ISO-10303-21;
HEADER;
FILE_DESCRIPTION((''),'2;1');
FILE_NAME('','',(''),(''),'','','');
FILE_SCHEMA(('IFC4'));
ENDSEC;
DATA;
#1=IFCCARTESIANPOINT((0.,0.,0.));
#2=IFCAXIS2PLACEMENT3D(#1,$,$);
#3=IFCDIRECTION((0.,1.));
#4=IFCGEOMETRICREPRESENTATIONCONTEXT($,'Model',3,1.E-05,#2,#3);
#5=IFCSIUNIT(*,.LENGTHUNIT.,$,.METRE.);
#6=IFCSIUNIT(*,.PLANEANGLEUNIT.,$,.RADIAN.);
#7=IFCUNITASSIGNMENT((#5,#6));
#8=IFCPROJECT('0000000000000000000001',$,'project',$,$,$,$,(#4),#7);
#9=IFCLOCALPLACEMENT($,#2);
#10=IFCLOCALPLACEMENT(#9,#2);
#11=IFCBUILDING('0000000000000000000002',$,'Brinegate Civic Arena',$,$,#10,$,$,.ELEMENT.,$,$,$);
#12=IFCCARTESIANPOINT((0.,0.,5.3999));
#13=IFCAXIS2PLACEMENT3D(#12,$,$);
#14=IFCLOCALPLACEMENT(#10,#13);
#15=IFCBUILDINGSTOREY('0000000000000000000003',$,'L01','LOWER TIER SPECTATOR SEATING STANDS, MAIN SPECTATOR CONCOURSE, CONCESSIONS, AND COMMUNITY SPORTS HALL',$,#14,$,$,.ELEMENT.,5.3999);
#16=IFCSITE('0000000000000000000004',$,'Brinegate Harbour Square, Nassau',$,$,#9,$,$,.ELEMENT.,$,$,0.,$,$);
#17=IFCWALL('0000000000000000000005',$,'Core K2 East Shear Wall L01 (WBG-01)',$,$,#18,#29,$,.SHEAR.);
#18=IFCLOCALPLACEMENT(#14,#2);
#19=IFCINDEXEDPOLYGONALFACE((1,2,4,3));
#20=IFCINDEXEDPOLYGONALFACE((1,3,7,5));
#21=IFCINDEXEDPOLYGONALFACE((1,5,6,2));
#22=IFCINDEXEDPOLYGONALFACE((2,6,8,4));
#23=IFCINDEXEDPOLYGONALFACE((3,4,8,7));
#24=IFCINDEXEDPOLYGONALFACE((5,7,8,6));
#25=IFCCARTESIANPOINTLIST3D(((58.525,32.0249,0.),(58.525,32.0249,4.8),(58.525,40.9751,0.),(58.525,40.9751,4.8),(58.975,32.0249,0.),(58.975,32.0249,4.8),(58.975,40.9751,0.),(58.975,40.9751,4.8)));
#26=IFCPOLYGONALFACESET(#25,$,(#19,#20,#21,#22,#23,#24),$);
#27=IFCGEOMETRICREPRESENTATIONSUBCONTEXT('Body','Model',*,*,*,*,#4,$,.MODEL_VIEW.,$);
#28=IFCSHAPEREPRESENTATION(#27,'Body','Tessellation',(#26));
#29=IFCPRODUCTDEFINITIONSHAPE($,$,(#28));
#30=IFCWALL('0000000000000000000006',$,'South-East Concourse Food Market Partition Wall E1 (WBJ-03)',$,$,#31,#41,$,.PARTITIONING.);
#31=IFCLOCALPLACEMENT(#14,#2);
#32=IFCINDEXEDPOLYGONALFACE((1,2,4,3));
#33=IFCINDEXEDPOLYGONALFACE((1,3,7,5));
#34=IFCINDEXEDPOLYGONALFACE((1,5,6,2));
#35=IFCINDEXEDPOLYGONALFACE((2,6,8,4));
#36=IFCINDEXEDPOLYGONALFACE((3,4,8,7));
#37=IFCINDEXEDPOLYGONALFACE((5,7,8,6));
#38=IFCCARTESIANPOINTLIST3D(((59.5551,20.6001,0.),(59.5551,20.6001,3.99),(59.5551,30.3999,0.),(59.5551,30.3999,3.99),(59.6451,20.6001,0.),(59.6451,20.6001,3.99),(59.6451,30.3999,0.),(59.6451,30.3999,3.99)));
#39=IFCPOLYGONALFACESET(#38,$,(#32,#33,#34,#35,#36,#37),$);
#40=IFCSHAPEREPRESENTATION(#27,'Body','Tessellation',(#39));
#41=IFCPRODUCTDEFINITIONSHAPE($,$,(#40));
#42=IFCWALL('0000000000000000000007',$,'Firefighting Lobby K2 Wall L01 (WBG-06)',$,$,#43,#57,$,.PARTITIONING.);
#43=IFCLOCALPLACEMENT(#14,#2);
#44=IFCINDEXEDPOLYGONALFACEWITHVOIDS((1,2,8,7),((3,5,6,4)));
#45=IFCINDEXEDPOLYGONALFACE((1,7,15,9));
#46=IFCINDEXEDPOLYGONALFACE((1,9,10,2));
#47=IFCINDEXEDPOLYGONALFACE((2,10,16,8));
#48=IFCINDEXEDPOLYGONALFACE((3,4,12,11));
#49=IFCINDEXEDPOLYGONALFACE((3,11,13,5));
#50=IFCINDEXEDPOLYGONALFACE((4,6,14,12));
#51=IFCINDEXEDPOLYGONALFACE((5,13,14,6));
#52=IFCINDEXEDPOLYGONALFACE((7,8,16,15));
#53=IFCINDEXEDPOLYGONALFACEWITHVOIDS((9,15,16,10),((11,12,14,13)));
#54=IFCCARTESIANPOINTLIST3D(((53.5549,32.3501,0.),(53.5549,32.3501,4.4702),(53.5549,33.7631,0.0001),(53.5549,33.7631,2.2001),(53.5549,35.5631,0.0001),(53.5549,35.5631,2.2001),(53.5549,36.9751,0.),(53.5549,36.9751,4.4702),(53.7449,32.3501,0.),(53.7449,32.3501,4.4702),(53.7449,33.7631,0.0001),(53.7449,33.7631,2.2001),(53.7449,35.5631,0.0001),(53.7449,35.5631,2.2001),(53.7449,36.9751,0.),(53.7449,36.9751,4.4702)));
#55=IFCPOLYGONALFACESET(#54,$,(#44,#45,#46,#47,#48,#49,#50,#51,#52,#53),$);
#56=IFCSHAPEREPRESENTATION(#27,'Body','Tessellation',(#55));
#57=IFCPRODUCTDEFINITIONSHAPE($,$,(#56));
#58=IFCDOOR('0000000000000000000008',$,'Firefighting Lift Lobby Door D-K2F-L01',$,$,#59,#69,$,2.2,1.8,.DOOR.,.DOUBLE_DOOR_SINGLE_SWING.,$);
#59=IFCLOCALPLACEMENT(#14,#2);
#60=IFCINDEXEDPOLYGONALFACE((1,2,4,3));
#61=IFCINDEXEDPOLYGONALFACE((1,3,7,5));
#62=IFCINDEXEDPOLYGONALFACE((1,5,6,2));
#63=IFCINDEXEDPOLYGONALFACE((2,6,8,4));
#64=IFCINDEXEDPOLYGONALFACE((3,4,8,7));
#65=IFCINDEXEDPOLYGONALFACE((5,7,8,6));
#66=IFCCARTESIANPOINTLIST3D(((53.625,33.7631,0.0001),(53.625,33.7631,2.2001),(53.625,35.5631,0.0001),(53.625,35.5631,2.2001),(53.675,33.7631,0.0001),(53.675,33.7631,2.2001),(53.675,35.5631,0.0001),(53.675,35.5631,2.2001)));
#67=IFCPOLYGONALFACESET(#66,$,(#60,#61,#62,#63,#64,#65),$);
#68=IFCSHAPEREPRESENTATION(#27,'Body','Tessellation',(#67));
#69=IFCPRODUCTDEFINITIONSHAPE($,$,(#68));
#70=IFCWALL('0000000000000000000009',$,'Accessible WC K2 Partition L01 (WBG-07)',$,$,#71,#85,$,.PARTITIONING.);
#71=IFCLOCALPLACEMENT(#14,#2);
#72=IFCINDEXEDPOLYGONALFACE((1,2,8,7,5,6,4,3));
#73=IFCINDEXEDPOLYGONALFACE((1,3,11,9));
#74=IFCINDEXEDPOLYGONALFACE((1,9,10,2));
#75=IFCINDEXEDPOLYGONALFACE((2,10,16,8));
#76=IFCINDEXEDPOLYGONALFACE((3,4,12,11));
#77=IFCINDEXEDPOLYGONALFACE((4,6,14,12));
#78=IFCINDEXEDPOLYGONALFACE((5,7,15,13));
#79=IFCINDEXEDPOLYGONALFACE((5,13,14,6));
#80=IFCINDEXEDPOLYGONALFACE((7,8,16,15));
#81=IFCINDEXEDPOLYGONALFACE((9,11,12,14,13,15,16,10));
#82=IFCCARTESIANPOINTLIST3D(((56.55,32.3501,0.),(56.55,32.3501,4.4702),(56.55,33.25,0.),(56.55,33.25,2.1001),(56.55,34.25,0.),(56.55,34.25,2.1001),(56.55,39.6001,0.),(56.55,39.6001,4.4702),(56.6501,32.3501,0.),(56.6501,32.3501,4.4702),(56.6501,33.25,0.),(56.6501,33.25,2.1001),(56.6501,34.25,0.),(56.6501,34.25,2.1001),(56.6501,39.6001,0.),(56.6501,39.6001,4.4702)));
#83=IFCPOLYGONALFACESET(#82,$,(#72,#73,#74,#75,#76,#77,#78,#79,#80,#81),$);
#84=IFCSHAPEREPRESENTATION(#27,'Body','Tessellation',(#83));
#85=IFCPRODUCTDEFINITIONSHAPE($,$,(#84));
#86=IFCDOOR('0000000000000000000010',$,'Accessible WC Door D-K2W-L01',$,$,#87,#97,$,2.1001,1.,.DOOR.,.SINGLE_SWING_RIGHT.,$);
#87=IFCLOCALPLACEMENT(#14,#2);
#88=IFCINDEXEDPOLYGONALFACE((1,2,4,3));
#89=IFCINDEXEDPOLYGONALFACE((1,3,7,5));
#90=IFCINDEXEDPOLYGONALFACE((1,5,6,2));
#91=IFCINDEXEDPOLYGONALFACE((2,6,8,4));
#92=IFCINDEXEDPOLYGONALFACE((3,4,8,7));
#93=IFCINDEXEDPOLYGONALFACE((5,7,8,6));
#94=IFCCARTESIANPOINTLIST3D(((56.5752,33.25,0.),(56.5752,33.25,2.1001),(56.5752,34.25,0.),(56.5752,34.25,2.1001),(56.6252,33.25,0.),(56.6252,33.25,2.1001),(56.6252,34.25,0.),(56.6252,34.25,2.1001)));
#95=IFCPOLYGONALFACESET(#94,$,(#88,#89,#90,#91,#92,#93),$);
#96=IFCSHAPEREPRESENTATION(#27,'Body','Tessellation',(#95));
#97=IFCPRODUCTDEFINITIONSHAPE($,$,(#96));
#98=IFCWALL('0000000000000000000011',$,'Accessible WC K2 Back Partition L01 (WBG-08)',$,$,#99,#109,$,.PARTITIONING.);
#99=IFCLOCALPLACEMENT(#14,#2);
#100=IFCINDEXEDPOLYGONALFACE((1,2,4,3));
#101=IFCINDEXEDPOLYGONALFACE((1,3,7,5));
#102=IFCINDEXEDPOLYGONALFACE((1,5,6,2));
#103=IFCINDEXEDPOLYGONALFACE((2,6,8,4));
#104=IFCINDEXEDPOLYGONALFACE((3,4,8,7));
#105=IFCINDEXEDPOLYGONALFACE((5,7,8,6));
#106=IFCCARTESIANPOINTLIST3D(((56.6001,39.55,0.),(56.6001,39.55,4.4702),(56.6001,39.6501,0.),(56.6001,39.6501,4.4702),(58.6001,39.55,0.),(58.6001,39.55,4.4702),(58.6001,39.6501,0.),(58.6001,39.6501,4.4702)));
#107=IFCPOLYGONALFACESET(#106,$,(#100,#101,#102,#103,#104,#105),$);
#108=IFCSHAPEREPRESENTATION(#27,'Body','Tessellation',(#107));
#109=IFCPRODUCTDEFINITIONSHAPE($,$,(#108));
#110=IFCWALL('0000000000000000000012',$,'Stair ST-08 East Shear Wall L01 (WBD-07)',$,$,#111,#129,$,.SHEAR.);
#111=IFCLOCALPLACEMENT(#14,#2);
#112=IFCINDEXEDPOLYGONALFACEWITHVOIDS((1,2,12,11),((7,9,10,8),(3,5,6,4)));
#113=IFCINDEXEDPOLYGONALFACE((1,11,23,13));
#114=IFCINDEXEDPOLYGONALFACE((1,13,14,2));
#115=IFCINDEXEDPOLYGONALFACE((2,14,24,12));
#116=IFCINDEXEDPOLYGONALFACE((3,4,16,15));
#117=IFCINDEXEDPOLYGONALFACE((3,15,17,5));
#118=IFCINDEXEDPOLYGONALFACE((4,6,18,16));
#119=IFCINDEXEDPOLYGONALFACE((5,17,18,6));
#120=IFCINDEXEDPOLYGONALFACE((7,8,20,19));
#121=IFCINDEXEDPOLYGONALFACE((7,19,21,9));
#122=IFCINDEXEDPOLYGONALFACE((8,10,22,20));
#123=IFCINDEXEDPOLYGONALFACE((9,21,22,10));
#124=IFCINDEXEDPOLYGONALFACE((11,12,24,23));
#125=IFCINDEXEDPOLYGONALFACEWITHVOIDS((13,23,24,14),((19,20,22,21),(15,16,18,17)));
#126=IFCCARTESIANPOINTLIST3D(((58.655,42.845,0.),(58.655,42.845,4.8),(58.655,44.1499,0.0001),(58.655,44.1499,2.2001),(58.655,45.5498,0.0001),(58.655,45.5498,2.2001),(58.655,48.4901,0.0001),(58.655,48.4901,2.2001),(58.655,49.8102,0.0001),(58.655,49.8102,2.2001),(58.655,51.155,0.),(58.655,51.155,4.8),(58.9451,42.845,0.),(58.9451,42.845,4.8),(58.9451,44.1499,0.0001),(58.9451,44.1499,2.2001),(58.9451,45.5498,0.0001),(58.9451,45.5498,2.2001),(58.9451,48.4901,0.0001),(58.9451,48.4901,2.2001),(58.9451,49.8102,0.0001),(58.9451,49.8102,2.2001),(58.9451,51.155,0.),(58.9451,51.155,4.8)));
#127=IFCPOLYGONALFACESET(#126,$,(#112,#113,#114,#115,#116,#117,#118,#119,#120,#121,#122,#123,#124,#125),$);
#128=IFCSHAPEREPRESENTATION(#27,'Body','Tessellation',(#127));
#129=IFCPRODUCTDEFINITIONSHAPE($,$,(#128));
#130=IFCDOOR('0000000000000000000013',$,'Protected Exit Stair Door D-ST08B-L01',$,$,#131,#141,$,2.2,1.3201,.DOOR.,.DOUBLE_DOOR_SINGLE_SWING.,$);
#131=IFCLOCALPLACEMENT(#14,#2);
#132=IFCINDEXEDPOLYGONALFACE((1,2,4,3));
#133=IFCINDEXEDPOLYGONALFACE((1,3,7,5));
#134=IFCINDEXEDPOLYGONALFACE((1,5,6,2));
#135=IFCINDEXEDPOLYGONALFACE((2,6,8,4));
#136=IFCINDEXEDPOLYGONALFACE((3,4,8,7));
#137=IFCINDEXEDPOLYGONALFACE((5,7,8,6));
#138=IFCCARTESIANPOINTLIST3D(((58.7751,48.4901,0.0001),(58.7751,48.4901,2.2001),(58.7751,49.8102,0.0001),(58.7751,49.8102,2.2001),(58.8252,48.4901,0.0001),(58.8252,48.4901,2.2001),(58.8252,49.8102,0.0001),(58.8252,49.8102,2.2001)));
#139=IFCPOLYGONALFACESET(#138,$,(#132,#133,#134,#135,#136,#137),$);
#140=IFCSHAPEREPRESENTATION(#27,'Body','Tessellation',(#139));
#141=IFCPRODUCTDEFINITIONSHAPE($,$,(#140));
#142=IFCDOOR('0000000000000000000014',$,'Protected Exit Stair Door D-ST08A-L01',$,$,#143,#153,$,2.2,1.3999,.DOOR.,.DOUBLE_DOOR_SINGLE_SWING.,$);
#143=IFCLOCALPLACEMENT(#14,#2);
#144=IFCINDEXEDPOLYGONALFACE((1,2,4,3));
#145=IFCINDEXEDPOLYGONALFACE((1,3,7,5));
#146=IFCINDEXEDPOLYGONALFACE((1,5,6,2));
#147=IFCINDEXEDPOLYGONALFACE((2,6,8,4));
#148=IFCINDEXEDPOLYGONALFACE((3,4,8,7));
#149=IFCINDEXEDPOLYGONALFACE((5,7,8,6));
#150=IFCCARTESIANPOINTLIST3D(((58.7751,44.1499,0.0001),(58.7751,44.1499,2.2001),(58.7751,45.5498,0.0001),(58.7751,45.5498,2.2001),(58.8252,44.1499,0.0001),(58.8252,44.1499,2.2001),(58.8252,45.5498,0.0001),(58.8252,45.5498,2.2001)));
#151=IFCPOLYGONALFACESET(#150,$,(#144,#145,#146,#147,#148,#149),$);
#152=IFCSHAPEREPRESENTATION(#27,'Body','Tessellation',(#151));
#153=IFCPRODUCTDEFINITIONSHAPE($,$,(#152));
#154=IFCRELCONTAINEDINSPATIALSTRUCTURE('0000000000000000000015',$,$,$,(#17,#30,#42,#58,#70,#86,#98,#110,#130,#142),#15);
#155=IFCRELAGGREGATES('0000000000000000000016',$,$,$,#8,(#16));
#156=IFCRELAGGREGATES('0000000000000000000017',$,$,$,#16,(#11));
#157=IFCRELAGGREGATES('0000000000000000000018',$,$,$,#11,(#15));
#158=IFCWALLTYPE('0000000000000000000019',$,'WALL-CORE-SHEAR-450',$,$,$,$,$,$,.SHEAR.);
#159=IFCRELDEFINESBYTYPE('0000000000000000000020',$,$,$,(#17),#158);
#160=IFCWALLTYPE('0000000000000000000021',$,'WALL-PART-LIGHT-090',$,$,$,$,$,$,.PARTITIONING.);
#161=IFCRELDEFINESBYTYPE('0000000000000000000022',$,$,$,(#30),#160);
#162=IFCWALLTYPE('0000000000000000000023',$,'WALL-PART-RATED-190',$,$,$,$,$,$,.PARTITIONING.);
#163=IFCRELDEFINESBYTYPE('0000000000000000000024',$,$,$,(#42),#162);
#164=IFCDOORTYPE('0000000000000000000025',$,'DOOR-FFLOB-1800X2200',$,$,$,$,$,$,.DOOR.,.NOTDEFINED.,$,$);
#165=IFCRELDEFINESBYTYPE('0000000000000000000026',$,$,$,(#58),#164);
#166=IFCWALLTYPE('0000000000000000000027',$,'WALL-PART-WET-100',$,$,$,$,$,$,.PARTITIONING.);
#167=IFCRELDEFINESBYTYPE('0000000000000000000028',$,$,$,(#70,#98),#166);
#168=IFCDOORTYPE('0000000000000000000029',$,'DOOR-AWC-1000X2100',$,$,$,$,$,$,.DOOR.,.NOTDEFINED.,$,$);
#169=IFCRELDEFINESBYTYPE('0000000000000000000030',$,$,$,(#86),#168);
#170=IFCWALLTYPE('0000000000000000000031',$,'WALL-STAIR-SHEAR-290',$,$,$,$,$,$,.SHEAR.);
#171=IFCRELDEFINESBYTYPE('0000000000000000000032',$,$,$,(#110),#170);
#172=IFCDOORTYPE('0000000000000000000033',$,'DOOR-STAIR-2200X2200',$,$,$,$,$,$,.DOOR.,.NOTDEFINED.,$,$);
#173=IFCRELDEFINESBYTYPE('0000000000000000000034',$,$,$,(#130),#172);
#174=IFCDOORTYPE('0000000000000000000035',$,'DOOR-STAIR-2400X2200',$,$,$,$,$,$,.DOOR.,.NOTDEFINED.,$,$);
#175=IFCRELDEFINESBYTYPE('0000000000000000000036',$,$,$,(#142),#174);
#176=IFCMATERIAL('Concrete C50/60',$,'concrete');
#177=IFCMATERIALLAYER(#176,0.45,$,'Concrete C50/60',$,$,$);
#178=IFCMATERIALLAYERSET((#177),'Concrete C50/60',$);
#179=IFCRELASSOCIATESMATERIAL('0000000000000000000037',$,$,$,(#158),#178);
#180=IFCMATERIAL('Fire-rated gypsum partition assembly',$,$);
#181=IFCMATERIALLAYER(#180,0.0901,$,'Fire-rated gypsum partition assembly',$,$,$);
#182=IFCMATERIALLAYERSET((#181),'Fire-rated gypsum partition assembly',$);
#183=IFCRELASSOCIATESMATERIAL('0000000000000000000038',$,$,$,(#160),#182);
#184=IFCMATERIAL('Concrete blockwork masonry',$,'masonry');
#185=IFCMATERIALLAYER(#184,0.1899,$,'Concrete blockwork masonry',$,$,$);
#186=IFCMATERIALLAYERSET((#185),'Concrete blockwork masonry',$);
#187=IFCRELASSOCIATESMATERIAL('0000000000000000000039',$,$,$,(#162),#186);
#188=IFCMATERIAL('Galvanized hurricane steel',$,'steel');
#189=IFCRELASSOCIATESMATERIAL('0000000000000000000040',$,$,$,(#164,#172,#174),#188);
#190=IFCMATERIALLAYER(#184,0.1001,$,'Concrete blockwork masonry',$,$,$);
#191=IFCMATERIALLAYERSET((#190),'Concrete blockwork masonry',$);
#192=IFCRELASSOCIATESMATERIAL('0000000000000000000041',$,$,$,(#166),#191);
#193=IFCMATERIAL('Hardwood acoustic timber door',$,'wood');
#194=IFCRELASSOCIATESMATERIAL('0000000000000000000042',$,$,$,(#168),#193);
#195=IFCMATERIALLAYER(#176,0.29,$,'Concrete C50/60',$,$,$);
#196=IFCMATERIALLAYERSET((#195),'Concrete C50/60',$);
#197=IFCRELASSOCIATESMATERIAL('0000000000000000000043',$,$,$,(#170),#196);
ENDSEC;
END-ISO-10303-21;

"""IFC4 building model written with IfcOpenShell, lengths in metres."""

from ifc_helpers import new_model, si_unit, direction, frame, frame_2d, origin, place, context, subcontext, project, spatial, rectangle, extrude, material, layer, layer_set, type_object, element, fill, save


model = new_model("IFC4")

# Units and contexts
model_context = context("Model", 3, precision=1e-05, world=origin(), true_north=direction((0.0, 1.0)))
body_context = subcontext(model_context, "Body", "Model", "MODEL_VIEW")
ifc_project = project(units=[si_unit("LENGTHUNIT", "METRE"), si_unit("PLANEANGLEUNIT", "RADIAN")], contexts=[model_context])

# Site, building, storey
site_placement = place(None, origin())
site = spatial("IfcSite", under=ifc_project, at=site_placement, Name="Brinegate Harbour Square, Nassau", CompositionType="ELEMENT", RefElevation=0.0)
building_placement = place(site_placement, origin())
building = spatial("IfcBuilding", under=site, at=building_placement, Name="Brinegate Civic Arena", CompositionType="ELEMENT")
storey_placement = place(building_placement, frame((0.0, 0.0, 5.3999)))
storey = spatial("IfcBuildingStorey", under=building, at=storey_placement, Name="L01", Description="LOWER TIER SPECTATOR SEATING STANDS, MAIN SPECTATOR CONCOURSE, CONCESSIONS, AND COMMUNITY SPORTS HALL", CompositionType="ELEMENT", Elevation=5.3999)

# Shared definitions
ifc_material_1 = material(Name="Concrete C50/60", Category="concrete")

# Walls
ifc_layer_1 = layer(ifc_material_1, 0.45, Name="Concrete C50/60")
ifc_layer_set_1 = layer_set([ifc_layer_1], Name="Concrete C50/60")
wall_type_1 = type_object("IfcWallType", Name="WALL-CORE-SHEAR-450", PredefinedType="SHEAR", material=ifc_layer_set_1)
wall_1_placement = place(storey_placement, frame((58.75, 32.0249, 0.0), z_axis=(0.0, 0.0, 1.0), x_axis=(0.0, 1.0, 0.0)))
element("IfcWall", 1, at=wall_1_placement, inside=storey, type_object=wall_type_1, Name="Core K2 East Shear Wall L01 (WBG-01)", PredefinedType="SHEAR", context=body_context, shape_type="SweptSolid", body=[
    extrude(rectangle(XDim=8.9502, YDim=0.45, at=frame_2d((4.4751, 0.0))), origin(), (0.0, 0.0, 1.0), 4.8),
])
ifc_material_2 = material(Name="Fire-rated gypsum partition assembly")
ifc_layer_2 = layer(ifc_material_2, 0.0901, Name="Fire-rated gypsum partition assembly")
ifc_layer_set_2 = layer_set([ifc_layer_2], Name="Fire-rated gypsum partition assembly")
wall_type_2 = type_object("IfcWallType", Name="WALL-PART-LIGHT-090", PredefinedType="PARTITIONING", material=ifc_layer_set_2)
wall_2_placement = place(storey_placement, frame((59.6001, 30.3999, 0.0), z_axis=(0.0, 0.0, 1.0), x_axis=(0.0, -1.0, 0.0)))
element("IfcWall", 2, at=wall_2_placement, inside=storey, type_object=wall_type_2, Name="South-East Concourse Food Market Partition Wall E1 (WBJ-03)", PredefinedType="PARTITIONING", context=body_context, shape_type="SweptSolid", body=[
    extrude(rectangle(XDim=9.7998, YDim=0.0901, at=frame_2d((4.8999, 0.0))), origin(), (0.0, 0.0, 1.0), 3.99),
])

# Walls, openings, doors
ifc_material_3 = material(Name="Concrete blockwork masonry", Category="masonry")
ifc_layer_3 = layer(ifc_material_3, 0.1899, Name="Concrete blockwork masonry")
ifc_layer_set_3 = layer_set([ifc_layer_3], Name="Concrete blockwork masonry")
wall_type_3 = type_object("IfcWallType", Name="WALL-PART-RATED-190", PredefinedType="PARTITIONING", material=ifc_layer_set_3)
wall_3_placement = place(storey_placement, frame((53.6499, 32.3501, 0.0), z_axis=(0.0, 0.0, 1.0), x_axis=(0.0, 1.0, 0.0)))
wall_3 = element("IfcWall", 3, at=wall_3_placement, inside=storey, type_object=wall_type_3, Name="Firefighting Lobby K2 Wall L01 (WBG-06)", PredefinedType="PARTITIONING", context=body_context, shape_type="SweptSolid", body=[
    extrude(rectangle(XDim=4.625, YDim=0.1899, at=frame_2d((2.3125, 0.0))), origin(), (0.0, 0.0, 1.0), 4.4702),
])
opening_1_placement = place(wall_3_placement, frame((1.4131, 0.0, 0.0)))
opening_1 = element("IfcOpeningElement", 4, at=opening_1_placement, cuts=wall_3, PredefinedType="OPENING", context=body_context, shape_type="SweptSolid", body=[
    extrude(rectangle(XDim=1.8, YDim=2.2, at=frame_2d((0.8999, 1.1001))), frame((0.0, 0.105, 0.0), z_axis=(0.0, -1.0, 0.0), x_axis=(1.0, 0.0, 0.0)), (0.0, 0.0, 1.0), 0.21),
])
ifc_material_4 = material(Name="Galvanized hurricane steel", Category="steel")
door_type_1 = type_object("IfcDoorType", Name="DOOR-FFLOB-1800X2200", OperationType="NOTDEFINED", PredefinedType="DOOR", material=ifc_material_4)
door_1_placement = place(opening_1_placement, origin())
door_1 = element("IfcDoor", 5, at=door_1_placement, inside=storey, type_object=door_type_1, Name="Firefighting Lift Lobby Door D-K2F-L01", OperationType="DOUBLE_DOOR_SINGLE_SWING", OverallHeight=2.2, OverallWidth=1.8, PredefinedType="DOOR", context=body_context, shape_type="SweptSolid", body=[
    extrude(rectangle(XDim=1.8, YDim=2.2, at=frame_2d((0.8999, 1.1001))), frame((0.0, 0.0249, 0.0), z_axis=(0.0, -1.0, 0.0), x_axis=(1.0, 0.0, 0.0)), (0.0, 0.0, 1.0), 0.05),
])
fill(opening_1, door_1)
ifc_layer_4 = layer(ifc_material_3, 0.1001, Name="Concrete blockwork masonry")
ifc_layer_set_4 = layer_set([ifc_layer_4], Name="Concrete blockwork masonry")
wall_type_4 = type_object("IfcWallType", Name="WALL-PART-WET-100", PredefinedType="PARTITIONING", material=ifc_layer_set_4)
wall_4_placement = place(storey_placement, frame((56.6001, 32.3501, 0.0), z_axis=(0.0, 0.0, 1.0), x_axis=(0.0, 1.0, 0.0)))
wall_4 = element("IfcWall", 6, at=wall_4_placement, inside=storey, type_object=wall_type_4, Name="Accessible WC K2 Partition L01 (WBG-07)", PredefinedType="PARTITIONING", context=body_context, shape_type="SweptSolid", body=[
    extrude(rectangle(XDim=7.25, YDim=0.1001, at=frame_2d((3.625, 0.0))), origin(), (0.0, 0.0, 1.0), 4.4702),
])
opening_2_placement = place(wall_4_placement, frame((0.8999, 0.0, 0.0)))
opening_2 = element("IfcOpeningElement", 7, at=opening_2_placement, cuts=wall_4, PredefinedType="OPENING", context=body_context, shape_type="SweptSolid", body=[
    extrude(rectangle(XDim=1.0, YDim=2.1001, at=frame_2d((0.5, 1.05))), frame((0.0, 0.0601, 0.0), z_axis=(0.0, -1.0, 0.0), x_axis=(1.0, 0.0, 0.0)), (0.0, 0.0, 1.0), 0.1201),
])
ifc_material_5 = material(Name="Hardwood acoustic timber door", Category="wood")
door_type_2 = type_object("IfcDoorType", Name="DOOR-AWC-1000X2100", OperationType="NOTDEFINED", PredefinedType="DOOR", material=ifc_material_5)
door_2_placement = place(opening_2_placement, origin())
door_2 = element("IfcDoor", 8, at=door_2_placement, inside=storey, type_object=door_type_2, Name="Accessible WC Door D-K2W-L01", OperationType="SINGLE_SWING_RIGHT", OverallHeight=2.1001, OverallWidth=1.0, PredefinedType="DOOR", context=body_context, shape_type="SweptSolid", body=[
    extrude(rectangle(XDim=1.0, YDim=2.1001, at=frame_2d((0.5, 1.05))), frame((0.0, 0.0249, 0.0), z_axis=(0.0, -1.0, 0.0), x_axis=(1.0, 0.0, 0.0)), (0.0, 0.0, 1.0), 0.05),
])
fill(opening_2, door_2)

# Wall
wall_5_placement = place(storey_placement, frame((56.6001, 39.6001, 0.0), z_axis=(0.0, 0.0, 1.0), x_axis=(1.0, 0.0, 0.0)))
element("IfcWall", 9, at=wall_5_placement, inside=storey, type_object=wall_type_4, Name="Accessible WC K2 Back Partition L01 (WBG-08)", PredefinedType="PARTITIONING", context=body_context, shape_type="SweptSolid", body=[
    extrude(rectangle(XDim=2.0, YDim=0.1001, at=frame_2d((1.0, 0.0))), origin(), (0.0, 0.0, 1.0), 4.4702),
])

# Wall, openings, doors
ifc_layer_5 = layer(ifc_material_1, 0.29, Name="Concrete C50/60")
ifc_layer_set_5 = layer_set([ifc_layer_5], Name="Concrete C50/60")
wall_type_5 = type_object("IfcWallType", Name="WALL-STAIR-SHEAR-290", PredefinedType="SHEAR", material=ifc_layer_set_5)
wall_6_placement = place(storey_placement, frame((58.8, 42.845, 0.0), z_axis=(0.0, 0.0, 1.0), x_axis=(0.0, 1.0, 0.0)))
wall_6 = element("IfcWall", 10, at=wall_6_placement, inside=storey, type_object=wall_type_5, Name="Stair ST-08 East Shear Wall L01 (WBD-07)", PredefinedType="SHEAR", context=body_context, shape_type="SweptSolid", body=[
    extrude(rectangle(XDim=8.3101, YDim=0.29, at=frame_2d((4.155, 0.0))), origin(), (0.0, 0.0, 1.0), 4.8),
])
opening_3_placement = place(wall_6_placement, frame((1.3049, 0.0, 0.0)))
opening_3 = element("IfcOpeningElement", 11, at=opening_3_placement, cuts=wall_6, PredefinedType="OPENING", context=body_context, shape_type="SweptSolid", body=[
    extrude(rectangle(XDim=1.3999, YDim=2.2, at=frame_2d((0.7, 1.1001))), frame((0.0, 0.155, 0.0), z_axis=(0.0, -1.0, 0.0), x_axis=(1.0, 0.0, 0.0)), (0.0, 0.0, 1.0), 0.3101),
])
opening_4_placement = place(wall_6_placement, frame((5.645, 0.0, 0.0)))
opening_4 = element("IfcOpeningElement", 12, at=opening_4_placement, cuts=wall_6, PredefinedType="OPENING", context=body_context, shape_type="SweptSolid", body=[
    extrude(rectangle(XDim=1.3201, YDim=2.2, at=frame_2d((0.6602, 1.1001))), frame((0.0, 0.155, 0.0), z_axis=(0.0, -1.0, 0.0), x_axis=(1.0, 0.0, 0.0)), (0.0, 0.0, 1.0), 0.3101),
])
door_type_3 = type_object("IfcDoorType", Name="DOOR-STAIR-2200X2200", OperationType="NOTDEFINED", PredefinedType="DOOR", material=ifc_material_4)
door_3_placement = place(opening_4_placement, origin())
door_3 = element("IfcDoor", 13, at=door_3_placement, inside=storey, type_object=door_type_3, Name="Protected Exit Stair Door D-ST08B-L01", OperationType="DOUBLE_DOOR_SINGLE_SWING", OverallHeight=2.2, OverallWidth=1.3201, PredefinedType="DOOR", context=body_context, shape_type="SweptSolid", body=[
    extrude(rectangle(XDim=1.3201, YDim=2.2, at=frame_2d((0.6602, 1.1001))), frame((0.0, 0.0249, 0.0), z_axis=(0.0, -1.0, 0.0), x_axis=(1.0, 0.0, 0.0)), (0.0, 0.0, 1.0), 0.05),
])
fill(opening_4, door_3)
door_type_4 = type_object("IfcDoorType", Name="DOOR-STAIR-2400X2200", OperationType="NOTDEFINED", PredefinedType="DOOR", material=ifc_material_4)
door_4_placement = place(opening_3_placement, origin())
door_4 = element("IfcDoor", 14, at=door_4_placement, inside=storey, type_object=door_type_4, Name="Protected Exit Stair Door D-ST08A-L01", OperationType="DOUBLE_DOOR_SINGLE_SWING", OverallHeight=2.2, OverallWidth=1.3999, PredefinedType="DOOR", context=body_context, shape_type="SweptSolid", body=[
    extrude(rectangle(XDim=1.3999, YDim=2.2, at=frame_2d((0.7, 1.1001))), frame((0.0, 0.0249, 0.0), z_axis=(0.0, -1.0, 0.0), x_axis=(1.0, 0.0, 0.0)), (0.0, 0.0, 1.0), 0.05),
])
fill(opening_3, door_4)

save(model, "model.ifc")
